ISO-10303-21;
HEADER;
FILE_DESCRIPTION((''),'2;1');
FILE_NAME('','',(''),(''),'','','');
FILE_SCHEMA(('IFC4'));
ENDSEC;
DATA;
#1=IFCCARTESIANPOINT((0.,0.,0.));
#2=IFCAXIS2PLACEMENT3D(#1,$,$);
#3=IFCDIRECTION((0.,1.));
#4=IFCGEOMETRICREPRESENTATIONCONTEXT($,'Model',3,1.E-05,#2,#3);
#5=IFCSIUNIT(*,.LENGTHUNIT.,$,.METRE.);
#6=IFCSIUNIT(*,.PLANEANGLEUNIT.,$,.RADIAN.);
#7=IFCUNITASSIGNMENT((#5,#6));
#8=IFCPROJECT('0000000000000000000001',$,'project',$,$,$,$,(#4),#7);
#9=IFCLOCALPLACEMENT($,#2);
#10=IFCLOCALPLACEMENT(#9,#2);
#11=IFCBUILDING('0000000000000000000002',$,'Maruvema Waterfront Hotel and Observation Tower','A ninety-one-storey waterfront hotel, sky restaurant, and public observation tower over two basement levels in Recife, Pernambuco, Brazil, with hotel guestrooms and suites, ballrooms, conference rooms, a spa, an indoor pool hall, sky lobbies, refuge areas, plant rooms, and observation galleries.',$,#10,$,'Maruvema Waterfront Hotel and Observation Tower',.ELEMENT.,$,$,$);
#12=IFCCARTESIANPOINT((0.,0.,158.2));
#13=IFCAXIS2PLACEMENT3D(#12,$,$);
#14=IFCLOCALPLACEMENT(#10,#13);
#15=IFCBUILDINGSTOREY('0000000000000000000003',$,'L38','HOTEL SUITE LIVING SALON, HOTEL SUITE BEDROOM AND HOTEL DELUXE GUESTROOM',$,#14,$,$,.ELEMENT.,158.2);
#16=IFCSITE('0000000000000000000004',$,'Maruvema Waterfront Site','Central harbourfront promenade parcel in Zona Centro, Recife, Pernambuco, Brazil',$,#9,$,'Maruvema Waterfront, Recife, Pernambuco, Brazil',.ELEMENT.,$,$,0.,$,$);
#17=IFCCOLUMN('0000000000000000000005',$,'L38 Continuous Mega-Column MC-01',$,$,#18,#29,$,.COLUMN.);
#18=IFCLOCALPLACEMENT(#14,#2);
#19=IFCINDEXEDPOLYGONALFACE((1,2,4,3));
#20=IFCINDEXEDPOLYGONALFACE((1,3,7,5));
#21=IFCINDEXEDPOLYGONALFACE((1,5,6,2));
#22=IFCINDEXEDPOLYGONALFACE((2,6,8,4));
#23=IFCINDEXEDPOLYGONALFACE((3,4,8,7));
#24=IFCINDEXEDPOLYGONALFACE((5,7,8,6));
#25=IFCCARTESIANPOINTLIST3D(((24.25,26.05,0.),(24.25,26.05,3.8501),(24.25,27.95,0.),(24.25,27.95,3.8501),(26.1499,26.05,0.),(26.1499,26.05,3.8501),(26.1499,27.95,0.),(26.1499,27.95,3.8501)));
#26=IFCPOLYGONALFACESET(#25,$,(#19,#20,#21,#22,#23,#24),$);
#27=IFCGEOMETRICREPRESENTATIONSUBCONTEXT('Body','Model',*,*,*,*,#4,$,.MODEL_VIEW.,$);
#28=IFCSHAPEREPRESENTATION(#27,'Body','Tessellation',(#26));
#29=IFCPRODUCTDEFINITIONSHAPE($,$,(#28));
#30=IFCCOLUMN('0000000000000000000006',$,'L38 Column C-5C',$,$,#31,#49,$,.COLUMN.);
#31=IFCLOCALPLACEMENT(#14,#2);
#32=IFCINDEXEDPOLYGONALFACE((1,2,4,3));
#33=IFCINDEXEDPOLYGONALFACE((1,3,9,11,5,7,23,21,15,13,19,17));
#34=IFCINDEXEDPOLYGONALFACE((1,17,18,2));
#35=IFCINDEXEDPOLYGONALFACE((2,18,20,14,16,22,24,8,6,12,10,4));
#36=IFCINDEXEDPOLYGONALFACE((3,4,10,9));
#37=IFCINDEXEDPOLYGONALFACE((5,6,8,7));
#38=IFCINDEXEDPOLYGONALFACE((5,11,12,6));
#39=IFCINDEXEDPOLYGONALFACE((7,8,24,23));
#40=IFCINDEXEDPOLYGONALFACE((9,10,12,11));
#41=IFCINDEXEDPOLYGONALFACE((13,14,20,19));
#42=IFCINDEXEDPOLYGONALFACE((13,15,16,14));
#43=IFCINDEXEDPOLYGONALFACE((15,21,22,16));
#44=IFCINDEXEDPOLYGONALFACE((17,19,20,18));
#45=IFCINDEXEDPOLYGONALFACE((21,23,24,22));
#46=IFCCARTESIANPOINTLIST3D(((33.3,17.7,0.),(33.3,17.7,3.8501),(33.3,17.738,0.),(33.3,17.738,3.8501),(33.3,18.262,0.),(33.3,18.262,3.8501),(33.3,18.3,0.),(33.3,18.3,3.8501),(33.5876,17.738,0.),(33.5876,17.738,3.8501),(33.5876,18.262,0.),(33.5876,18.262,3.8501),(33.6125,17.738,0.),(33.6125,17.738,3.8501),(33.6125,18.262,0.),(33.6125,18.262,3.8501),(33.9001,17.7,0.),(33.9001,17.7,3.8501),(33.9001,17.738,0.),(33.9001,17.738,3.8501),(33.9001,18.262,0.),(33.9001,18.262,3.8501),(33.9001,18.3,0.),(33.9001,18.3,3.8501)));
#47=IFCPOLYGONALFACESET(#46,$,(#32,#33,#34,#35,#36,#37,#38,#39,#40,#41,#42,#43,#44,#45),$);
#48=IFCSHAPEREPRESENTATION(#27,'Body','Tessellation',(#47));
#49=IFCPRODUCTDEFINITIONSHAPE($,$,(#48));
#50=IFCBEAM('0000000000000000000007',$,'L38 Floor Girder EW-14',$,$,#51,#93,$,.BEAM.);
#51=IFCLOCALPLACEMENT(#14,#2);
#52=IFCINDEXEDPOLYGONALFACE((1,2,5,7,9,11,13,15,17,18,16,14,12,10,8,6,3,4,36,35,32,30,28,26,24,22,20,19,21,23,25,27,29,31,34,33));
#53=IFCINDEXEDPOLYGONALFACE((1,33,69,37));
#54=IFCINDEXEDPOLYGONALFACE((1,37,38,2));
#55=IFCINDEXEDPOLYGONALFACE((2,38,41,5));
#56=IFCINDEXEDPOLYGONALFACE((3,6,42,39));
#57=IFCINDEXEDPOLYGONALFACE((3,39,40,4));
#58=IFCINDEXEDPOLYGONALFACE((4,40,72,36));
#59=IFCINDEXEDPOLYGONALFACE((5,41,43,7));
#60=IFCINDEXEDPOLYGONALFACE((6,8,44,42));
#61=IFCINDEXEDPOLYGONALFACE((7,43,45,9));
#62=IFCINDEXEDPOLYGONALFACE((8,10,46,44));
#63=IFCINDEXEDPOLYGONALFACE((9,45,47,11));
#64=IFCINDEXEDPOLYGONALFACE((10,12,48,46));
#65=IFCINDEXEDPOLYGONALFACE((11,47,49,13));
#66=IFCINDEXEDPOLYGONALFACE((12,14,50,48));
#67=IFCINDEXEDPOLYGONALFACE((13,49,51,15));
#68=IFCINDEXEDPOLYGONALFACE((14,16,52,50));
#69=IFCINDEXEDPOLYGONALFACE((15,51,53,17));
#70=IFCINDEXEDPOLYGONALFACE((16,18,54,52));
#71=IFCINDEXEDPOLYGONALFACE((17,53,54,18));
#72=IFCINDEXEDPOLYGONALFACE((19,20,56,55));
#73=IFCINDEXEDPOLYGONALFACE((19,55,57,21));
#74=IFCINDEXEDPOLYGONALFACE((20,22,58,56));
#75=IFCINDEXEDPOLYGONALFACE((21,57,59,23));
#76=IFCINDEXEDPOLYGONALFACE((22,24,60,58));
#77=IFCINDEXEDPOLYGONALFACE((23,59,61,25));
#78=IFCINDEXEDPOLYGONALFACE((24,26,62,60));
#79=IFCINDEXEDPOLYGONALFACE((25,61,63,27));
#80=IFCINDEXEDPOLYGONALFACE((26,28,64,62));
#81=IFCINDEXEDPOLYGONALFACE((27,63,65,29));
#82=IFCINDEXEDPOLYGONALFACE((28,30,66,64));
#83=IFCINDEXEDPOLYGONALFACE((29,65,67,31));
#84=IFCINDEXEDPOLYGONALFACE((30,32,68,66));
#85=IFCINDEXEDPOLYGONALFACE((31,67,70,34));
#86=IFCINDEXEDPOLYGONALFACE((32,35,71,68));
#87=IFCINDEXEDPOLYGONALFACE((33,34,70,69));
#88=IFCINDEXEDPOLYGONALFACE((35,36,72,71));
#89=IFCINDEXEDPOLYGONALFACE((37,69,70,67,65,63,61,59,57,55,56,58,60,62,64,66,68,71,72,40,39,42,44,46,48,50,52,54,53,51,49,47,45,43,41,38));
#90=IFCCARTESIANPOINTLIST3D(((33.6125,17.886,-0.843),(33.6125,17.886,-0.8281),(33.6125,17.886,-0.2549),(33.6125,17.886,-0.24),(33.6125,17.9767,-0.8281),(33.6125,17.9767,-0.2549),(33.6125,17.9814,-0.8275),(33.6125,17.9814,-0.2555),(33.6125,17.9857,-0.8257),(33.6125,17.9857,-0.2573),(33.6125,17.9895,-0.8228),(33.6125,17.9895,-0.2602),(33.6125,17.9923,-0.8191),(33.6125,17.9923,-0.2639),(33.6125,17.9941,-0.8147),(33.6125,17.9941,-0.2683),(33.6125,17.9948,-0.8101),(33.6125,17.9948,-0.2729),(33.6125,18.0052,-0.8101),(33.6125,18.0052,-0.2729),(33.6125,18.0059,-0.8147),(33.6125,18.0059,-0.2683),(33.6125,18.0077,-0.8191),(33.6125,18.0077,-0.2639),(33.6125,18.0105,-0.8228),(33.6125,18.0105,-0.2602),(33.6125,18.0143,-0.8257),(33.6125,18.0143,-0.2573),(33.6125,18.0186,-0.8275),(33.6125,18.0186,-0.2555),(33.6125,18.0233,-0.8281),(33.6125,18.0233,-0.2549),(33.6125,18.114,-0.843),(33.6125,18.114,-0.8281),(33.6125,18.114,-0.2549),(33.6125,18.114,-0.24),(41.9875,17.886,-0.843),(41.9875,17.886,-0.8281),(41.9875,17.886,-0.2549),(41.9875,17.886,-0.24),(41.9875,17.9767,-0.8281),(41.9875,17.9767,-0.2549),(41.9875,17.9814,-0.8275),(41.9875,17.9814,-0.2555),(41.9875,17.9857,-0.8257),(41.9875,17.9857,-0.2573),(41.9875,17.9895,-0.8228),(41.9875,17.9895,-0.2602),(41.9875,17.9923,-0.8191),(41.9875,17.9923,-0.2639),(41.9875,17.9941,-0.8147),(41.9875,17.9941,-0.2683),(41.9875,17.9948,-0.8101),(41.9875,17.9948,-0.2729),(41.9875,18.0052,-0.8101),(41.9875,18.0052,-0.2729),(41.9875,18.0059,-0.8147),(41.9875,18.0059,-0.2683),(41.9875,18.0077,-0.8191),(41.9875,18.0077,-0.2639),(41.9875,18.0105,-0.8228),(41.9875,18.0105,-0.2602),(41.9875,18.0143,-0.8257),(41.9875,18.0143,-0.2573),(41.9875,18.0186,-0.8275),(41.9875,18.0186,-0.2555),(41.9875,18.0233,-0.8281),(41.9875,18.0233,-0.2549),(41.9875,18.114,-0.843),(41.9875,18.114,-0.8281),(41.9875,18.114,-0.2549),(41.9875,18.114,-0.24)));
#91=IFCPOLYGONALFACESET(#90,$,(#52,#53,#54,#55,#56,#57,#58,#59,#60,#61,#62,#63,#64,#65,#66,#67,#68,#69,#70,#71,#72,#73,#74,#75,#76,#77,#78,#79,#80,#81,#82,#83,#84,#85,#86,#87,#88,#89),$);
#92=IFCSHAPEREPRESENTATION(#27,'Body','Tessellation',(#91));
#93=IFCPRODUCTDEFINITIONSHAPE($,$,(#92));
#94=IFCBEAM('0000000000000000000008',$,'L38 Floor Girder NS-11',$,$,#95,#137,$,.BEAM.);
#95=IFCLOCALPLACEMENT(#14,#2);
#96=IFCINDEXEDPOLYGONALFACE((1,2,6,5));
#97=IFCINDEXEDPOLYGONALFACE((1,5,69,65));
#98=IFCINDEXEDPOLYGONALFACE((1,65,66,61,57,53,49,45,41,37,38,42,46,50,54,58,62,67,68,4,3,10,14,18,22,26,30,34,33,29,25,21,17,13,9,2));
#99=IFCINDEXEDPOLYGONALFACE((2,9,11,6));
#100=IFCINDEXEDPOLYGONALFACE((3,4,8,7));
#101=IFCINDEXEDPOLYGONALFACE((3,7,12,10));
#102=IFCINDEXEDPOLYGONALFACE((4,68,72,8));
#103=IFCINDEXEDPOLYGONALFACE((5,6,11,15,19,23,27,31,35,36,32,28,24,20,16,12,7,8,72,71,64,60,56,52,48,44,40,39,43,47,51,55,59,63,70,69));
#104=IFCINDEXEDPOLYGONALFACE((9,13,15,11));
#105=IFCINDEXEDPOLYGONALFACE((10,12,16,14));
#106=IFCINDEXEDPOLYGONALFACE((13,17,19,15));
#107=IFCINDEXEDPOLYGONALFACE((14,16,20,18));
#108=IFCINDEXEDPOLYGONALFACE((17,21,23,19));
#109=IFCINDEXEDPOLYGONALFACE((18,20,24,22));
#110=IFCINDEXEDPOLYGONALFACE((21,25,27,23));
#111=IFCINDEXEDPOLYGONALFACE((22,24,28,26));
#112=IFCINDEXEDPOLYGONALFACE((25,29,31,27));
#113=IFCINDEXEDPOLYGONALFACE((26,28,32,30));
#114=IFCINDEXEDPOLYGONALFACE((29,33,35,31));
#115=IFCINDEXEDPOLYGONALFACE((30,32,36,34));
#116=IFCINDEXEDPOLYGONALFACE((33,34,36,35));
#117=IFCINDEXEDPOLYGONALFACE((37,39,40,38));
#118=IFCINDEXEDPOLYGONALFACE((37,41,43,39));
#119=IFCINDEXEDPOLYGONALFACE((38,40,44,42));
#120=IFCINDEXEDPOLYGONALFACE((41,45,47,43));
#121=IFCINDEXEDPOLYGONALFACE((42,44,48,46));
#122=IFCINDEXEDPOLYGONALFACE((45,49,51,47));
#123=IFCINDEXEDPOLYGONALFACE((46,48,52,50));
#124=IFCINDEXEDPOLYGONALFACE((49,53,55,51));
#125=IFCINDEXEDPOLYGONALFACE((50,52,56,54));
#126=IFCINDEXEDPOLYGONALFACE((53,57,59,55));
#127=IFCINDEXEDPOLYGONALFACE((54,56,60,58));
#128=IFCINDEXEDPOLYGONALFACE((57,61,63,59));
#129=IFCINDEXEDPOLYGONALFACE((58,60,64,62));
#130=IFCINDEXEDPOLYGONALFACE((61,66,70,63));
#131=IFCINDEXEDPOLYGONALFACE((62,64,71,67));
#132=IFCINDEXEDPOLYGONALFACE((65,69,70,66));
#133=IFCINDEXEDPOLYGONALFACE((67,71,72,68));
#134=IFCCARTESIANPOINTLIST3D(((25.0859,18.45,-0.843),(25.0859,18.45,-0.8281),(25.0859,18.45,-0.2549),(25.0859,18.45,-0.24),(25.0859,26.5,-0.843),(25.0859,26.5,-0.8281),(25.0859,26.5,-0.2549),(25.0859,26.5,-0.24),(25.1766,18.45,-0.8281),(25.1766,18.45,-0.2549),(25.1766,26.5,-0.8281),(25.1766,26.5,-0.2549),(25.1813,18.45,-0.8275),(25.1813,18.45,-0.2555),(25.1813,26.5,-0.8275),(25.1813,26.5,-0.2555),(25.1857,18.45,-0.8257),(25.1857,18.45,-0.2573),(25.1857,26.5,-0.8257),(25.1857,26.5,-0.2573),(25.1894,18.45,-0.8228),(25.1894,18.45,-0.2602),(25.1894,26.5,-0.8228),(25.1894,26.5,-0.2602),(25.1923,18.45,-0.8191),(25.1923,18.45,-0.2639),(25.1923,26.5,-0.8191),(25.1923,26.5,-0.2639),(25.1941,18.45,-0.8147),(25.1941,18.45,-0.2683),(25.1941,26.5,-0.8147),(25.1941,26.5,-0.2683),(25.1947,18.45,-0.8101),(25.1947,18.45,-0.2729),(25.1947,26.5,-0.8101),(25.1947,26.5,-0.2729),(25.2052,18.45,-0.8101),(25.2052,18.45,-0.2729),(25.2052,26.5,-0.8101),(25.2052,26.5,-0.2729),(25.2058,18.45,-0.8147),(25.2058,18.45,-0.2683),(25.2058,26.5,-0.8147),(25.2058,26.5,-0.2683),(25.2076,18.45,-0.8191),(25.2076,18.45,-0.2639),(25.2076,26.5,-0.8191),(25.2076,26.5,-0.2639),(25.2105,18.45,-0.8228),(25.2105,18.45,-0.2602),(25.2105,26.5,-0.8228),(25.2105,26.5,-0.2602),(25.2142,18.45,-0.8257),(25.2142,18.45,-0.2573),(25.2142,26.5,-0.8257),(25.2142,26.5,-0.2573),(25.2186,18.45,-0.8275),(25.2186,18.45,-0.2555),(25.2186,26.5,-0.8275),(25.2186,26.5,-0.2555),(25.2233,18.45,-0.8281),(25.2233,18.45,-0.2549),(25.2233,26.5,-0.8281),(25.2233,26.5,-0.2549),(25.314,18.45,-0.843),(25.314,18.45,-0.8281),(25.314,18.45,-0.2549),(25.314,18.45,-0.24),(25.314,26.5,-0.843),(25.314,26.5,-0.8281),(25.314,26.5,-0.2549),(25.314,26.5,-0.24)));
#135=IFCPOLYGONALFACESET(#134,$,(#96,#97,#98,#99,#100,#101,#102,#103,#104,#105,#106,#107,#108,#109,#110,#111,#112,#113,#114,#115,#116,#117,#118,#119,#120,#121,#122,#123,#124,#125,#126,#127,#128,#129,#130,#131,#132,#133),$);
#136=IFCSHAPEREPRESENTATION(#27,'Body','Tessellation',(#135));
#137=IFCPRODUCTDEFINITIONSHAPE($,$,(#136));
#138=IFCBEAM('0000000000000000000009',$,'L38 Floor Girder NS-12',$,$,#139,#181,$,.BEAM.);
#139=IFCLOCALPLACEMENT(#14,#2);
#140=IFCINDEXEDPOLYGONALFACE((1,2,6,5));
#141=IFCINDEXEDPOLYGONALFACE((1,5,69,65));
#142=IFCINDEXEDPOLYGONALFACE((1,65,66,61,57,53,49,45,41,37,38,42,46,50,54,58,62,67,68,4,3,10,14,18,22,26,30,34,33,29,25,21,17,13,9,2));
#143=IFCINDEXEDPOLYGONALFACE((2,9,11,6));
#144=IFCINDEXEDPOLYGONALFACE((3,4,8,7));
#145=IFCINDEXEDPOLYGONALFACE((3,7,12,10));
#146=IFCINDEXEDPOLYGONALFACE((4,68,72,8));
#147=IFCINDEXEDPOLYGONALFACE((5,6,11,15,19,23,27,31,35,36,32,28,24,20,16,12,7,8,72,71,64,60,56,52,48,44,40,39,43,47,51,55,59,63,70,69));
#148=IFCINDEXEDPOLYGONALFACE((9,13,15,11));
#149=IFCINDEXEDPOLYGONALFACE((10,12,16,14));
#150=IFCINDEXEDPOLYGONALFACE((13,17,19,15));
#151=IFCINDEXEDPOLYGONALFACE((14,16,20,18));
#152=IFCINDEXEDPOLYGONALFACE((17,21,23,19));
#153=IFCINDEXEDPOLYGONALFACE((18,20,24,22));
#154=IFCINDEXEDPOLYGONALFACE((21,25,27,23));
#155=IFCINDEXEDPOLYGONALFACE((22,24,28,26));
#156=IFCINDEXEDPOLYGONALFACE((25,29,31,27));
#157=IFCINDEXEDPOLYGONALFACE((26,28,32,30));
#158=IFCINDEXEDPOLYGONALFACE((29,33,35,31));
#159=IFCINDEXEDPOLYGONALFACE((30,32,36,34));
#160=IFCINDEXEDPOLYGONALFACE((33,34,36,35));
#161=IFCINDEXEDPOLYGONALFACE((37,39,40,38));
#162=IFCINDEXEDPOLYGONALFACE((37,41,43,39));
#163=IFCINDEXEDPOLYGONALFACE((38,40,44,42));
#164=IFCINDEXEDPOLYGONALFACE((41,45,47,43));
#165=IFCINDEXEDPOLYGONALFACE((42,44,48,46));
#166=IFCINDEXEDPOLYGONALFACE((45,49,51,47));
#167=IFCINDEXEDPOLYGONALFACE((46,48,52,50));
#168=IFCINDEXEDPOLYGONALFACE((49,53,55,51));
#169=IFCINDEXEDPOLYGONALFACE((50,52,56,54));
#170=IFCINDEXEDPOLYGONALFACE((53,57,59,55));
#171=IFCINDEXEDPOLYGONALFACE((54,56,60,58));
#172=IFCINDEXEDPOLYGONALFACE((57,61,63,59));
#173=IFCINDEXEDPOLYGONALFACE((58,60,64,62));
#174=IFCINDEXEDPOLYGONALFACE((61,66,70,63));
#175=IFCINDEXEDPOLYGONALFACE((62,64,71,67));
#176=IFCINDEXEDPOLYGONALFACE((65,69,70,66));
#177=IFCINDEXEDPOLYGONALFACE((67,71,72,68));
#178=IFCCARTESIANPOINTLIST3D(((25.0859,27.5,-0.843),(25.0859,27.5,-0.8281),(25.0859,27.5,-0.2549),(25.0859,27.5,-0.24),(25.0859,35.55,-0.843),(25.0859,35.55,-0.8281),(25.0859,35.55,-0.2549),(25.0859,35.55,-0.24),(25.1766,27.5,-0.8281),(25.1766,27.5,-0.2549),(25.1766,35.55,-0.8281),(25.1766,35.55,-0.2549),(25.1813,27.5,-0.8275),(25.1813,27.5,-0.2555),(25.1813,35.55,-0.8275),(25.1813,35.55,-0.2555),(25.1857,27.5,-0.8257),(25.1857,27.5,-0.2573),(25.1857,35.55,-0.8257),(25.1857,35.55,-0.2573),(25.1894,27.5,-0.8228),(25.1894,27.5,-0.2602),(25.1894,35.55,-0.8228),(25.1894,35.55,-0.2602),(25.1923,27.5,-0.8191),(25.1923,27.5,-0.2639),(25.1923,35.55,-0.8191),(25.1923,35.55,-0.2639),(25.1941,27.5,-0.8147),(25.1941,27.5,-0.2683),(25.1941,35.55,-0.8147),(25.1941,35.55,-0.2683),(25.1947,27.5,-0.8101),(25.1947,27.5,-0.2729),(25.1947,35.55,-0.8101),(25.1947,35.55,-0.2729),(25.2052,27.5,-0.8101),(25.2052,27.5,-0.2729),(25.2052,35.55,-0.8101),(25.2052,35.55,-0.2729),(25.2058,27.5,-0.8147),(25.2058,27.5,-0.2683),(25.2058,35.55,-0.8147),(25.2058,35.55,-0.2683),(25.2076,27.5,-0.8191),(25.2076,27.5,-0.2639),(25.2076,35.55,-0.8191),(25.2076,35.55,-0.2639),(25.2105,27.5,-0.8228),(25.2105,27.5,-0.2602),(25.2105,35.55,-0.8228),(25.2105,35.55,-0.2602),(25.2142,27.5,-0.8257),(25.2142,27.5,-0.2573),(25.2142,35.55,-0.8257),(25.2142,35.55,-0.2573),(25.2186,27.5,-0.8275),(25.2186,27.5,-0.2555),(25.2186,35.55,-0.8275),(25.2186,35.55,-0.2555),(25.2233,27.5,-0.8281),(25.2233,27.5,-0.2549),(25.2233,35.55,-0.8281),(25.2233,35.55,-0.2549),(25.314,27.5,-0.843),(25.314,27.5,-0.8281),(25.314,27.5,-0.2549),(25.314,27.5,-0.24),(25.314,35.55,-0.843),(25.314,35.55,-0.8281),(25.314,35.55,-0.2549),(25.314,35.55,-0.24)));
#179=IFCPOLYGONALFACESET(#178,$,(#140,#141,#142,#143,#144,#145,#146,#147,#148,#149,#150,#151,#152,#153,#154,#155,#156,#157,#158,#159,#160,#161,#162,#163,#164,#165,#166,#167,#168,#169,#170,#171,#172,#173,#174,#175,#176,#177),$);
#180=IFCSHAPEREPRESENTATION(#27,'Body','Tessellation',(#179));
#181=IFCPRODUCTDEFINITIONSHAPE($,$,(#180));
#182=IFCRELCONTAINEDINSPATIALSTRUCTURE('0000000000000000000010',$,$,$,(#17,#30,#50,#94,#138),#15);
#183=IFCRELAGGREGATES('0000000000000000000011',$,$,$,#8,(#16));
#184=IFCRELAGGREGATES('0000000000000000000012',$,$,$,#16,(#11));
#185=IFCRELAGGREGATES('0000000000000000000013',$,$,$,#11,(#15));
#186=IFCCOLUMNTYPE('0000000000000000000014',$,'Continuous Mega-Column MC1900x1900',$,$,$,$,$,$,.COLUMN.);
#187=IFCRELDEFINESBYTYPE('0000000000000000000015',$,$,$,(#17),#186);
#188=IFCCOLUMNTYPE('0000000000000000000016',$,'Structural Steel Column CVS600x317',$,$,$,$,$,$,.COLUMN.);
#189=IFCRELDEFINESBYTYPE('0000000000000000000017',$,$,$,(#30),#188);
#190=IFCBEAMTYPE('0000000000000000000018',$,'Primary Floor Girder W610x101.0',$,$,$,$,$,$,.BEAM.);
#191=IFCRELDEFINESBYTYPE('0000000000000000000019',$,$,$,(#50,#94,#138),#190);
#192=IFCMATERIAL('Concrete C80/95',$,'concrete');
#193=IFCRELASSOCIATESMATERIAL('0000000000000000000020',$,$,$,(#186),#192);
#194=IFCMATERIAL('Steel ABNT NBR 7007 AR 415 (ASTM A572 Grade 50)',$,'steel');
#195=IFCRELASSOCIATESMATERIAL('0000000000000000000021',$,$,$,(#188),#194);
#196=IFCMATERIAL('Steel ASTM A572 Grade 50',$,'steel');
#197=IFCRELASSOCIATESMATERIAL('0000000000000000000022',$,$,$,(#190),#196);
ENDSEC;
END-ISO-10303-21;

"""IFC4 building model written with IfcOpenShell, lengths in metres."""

from ifc_helpers import new_model, si_unit, direction, frame, origin, origin_2d, place, context, subcontext, project, spatial, rectangle, i_section, extrude, material, material_profile, profile_set, type_object, element, save


model = new_model("IFC4")

# Units and contexts
model_context = context("Model", 3, precision=1e-05, world=origin(), true_north=direction((0.0, 1.0)))
body_context = subcontext(model_context, "Body", "Model", "MODEL_VIEW")
ifc_project = project(units=[si_unit("LENGTHUNIT", "METRE"), si_unit("PLANEANGLEUNIT", "RADIAN")], contexts=[model_context])

# Site, building, storey
site_placement = place(None, origin())
site = spatial("IfcSite", under=ifc_project, at=site_placement, Name="Maruvema Waterfront Site", Description="Central harbourfront promenade parcel in Zona Centro, Recife, Pernambuco, Brazil", LongName="Maruvema Waterfront, Recife, Pernambuco, Brazil", CompositionType="ELEMENT", RefElevation=0.0)
building_placement = place(site_placement, origin())
building = spatial("IfcBuilding", under=site, at=building_placement, Name="Maruvema Waterfront Hotel and Observation Tower", Description="A ninety-one-storey waterfront hotel, sky restaurant, and public observation tower over two basement levels in Recife, Pernambuco, Brazil, with hotel guestrooms and suites, ballrooms, conference rooms, a spa, an indoor pool hall, sky lobbies, refuge areas, plant rooms, and observation galleries.", LongName="Maruvema Waterfront Hotel and Observation Tower", CompositionType="ELEMENT")
storey_placement = place(building_placement, frame((0.0, 0.0, 158.2)))
storey = spatial("IfcBuildingStorey", under=building, at=storey_placement, Name="L38", Description="HOTEL SUITE LIVING SALON, HOTEL SUITE BEDROOM AND HOTEL DELUXE GUESTROOM", CompositionType="ELEMENT", Elevation=158.2)

# Columns
ifc_material_1 = material(Name="Concrete C80/95", Category="concrete")
ifc_material_profile_1 = material_profile(ifc_material_1, rectangle(XDim=1.8999, YDim=1.8999, at=origin_2d()), Name="MC1900x1900")
ifc_profile_set_1 = profile_set([ifc_material_profile_1], Name="Concrete C80/95")
column_type_1 = type_object("IfcColumnType", Name="Continuous Mega-Column MC1900x1900", PredefinedType="COLUMN", material=ifc_profile_set_1)
column_1_placement = place(storey_placement, frame((25.2, 27.0, 0.0), z_axis=(0.0, 0.0, 1.0), x_axis=(1.0, 0.0, 0.0)))
element("IfcColumn", 1, at=column_1_placement, inside=storey, type_object=column_type_1, Name="L38 Continuous Mega-Column MC-01", PredefinedType="COLUMN", context=body_context, shape_type="SweptSolid", body=[
    extrude(rectangle(XDim=1.8999, YDim=1.8999, at=origin_2d()), origin(), (0.0, 0.0, 1.0), 3.8501),
])
ifc_material_2 = material(Name="Steel ABNT NBR 7007 AR 415 (ASTM A572 Grade 50)", Category="steel")
ifc_material_profile_2 = material_profile(ifc_material_2, i_section(OverallWidth=0.6001, OverallDepth=0.6001, WebThickness=0.0249, FlangeThickness=0.0381, at=origin_2d()), Name="CVS600x317")
ifc_profile_set_2 = profile_set([ifc_material_profile_2], Name="Steel ABNT NBR 7007 AR 415 (ASTM A572 Grade 50)")
column_type_2 = type_object("IfcColumnType", Name="Structural Steel Column CVS600x317", PredefinedType="COLUMN", material=ifc_profile_set_2)
column_2_placement = place(storey_placement, frame((33.6001, 18.0, 0.0), z_axis=(0.0, 0.0, 1.0), x_axis=(1.0, 0.0, 0.0)))
element("IfcColumn", 2, at=column_2_placement, inside=storey, type_object=column_type_2, Name="L38 Column C-5C", PredefinedType="COLUMN", context=body_context, shape_type="SweptSolid", body=[
    extrude(i_section(OverallWidth=0.6001, OverallDepth=0.6001, WebThickness=0.0249, FlangeThickness=0.0381, at=origin_2d()), origin(), (0.0, 0.0, 1.0), 3.8501),
])

# Beams
ifc_material_3 = material(Name="Steel ASTM A572 Grade 50", Category="steel")
ifc_material_profile_3 = material_profile(ifc_material_3, i_section(OverallWidth=0.228, OverallDepth=0.603, WebThickness=0.0105, FlangeThickness=0.0149, FilletRadius=0.0181, at=origin_2d()), Name="W610x101.0")
ifc_profile_set_3 = profile_set([ifc_material_profile_3], Name="Steel ASTM A572 Grade 50")
beam_type_1 = type_object("IfcBeamType", Name="Primary Floor Girder W610x101.0", PredefinedType="BEAM", material=ifc_profile_set_3)
beam_1_placement = place(storey_placement, frame((33.6125, 18.0, -0.5415), z_axis=(1.0, 0.0, 0.0), x_axis=(0.0, 1.0, 0.0)))
element("IfcBeam", 3, at=beam_1_placement, inside=storey, type_object=beam_type_1, Name="L38 Floor Girder EW-14", PredefinedType="BEAM", context=body_context, shape_type="SweptSolid", body=[
    extrude(i_section(OverallWidth=0.228, OverallDepth=0.603, WebThickness=0.0105, FlangeThickness=0.0149, FilletRadius=0.0181, at=origin_2d()), origin(), (0.0, 0.0, 1.0), 8.375),
])
for number, where, z_axis, x_axis, name in (
    (4, (25.2, 18.45, -0.5415), (0.0, 1.0, 0.0), (-1.0, 0.0, 0.0), "L38 Floor Girder NS-11"),
    (5, (25.2, 27.5, -0.5415), (0.0, 1.0, 0.0), (-1.0, 0.0, 0.0), "L38 Floor Girder NS-12"),
):
    element("IfcBeam", number, at=place(storey_placement, frame(where, z_axis=z_axis, x_axis=x_axis)), inside=storey, type_object=beam_type_1, Name=name, PredefinedType="BEAM", context=body_context, shape_type="SweptSolid", body=[
        extrude(i_section(OverallWidth=0.228, OverallDepth=0.603, WebThickness=0.0105, FlangeThickness=0.0149, FilletRadius=0.0181, at=origin_2d()), origin(), (0.0, 0.0, 1.0), 8.05),
    ])

save(model, "model.ifc")
